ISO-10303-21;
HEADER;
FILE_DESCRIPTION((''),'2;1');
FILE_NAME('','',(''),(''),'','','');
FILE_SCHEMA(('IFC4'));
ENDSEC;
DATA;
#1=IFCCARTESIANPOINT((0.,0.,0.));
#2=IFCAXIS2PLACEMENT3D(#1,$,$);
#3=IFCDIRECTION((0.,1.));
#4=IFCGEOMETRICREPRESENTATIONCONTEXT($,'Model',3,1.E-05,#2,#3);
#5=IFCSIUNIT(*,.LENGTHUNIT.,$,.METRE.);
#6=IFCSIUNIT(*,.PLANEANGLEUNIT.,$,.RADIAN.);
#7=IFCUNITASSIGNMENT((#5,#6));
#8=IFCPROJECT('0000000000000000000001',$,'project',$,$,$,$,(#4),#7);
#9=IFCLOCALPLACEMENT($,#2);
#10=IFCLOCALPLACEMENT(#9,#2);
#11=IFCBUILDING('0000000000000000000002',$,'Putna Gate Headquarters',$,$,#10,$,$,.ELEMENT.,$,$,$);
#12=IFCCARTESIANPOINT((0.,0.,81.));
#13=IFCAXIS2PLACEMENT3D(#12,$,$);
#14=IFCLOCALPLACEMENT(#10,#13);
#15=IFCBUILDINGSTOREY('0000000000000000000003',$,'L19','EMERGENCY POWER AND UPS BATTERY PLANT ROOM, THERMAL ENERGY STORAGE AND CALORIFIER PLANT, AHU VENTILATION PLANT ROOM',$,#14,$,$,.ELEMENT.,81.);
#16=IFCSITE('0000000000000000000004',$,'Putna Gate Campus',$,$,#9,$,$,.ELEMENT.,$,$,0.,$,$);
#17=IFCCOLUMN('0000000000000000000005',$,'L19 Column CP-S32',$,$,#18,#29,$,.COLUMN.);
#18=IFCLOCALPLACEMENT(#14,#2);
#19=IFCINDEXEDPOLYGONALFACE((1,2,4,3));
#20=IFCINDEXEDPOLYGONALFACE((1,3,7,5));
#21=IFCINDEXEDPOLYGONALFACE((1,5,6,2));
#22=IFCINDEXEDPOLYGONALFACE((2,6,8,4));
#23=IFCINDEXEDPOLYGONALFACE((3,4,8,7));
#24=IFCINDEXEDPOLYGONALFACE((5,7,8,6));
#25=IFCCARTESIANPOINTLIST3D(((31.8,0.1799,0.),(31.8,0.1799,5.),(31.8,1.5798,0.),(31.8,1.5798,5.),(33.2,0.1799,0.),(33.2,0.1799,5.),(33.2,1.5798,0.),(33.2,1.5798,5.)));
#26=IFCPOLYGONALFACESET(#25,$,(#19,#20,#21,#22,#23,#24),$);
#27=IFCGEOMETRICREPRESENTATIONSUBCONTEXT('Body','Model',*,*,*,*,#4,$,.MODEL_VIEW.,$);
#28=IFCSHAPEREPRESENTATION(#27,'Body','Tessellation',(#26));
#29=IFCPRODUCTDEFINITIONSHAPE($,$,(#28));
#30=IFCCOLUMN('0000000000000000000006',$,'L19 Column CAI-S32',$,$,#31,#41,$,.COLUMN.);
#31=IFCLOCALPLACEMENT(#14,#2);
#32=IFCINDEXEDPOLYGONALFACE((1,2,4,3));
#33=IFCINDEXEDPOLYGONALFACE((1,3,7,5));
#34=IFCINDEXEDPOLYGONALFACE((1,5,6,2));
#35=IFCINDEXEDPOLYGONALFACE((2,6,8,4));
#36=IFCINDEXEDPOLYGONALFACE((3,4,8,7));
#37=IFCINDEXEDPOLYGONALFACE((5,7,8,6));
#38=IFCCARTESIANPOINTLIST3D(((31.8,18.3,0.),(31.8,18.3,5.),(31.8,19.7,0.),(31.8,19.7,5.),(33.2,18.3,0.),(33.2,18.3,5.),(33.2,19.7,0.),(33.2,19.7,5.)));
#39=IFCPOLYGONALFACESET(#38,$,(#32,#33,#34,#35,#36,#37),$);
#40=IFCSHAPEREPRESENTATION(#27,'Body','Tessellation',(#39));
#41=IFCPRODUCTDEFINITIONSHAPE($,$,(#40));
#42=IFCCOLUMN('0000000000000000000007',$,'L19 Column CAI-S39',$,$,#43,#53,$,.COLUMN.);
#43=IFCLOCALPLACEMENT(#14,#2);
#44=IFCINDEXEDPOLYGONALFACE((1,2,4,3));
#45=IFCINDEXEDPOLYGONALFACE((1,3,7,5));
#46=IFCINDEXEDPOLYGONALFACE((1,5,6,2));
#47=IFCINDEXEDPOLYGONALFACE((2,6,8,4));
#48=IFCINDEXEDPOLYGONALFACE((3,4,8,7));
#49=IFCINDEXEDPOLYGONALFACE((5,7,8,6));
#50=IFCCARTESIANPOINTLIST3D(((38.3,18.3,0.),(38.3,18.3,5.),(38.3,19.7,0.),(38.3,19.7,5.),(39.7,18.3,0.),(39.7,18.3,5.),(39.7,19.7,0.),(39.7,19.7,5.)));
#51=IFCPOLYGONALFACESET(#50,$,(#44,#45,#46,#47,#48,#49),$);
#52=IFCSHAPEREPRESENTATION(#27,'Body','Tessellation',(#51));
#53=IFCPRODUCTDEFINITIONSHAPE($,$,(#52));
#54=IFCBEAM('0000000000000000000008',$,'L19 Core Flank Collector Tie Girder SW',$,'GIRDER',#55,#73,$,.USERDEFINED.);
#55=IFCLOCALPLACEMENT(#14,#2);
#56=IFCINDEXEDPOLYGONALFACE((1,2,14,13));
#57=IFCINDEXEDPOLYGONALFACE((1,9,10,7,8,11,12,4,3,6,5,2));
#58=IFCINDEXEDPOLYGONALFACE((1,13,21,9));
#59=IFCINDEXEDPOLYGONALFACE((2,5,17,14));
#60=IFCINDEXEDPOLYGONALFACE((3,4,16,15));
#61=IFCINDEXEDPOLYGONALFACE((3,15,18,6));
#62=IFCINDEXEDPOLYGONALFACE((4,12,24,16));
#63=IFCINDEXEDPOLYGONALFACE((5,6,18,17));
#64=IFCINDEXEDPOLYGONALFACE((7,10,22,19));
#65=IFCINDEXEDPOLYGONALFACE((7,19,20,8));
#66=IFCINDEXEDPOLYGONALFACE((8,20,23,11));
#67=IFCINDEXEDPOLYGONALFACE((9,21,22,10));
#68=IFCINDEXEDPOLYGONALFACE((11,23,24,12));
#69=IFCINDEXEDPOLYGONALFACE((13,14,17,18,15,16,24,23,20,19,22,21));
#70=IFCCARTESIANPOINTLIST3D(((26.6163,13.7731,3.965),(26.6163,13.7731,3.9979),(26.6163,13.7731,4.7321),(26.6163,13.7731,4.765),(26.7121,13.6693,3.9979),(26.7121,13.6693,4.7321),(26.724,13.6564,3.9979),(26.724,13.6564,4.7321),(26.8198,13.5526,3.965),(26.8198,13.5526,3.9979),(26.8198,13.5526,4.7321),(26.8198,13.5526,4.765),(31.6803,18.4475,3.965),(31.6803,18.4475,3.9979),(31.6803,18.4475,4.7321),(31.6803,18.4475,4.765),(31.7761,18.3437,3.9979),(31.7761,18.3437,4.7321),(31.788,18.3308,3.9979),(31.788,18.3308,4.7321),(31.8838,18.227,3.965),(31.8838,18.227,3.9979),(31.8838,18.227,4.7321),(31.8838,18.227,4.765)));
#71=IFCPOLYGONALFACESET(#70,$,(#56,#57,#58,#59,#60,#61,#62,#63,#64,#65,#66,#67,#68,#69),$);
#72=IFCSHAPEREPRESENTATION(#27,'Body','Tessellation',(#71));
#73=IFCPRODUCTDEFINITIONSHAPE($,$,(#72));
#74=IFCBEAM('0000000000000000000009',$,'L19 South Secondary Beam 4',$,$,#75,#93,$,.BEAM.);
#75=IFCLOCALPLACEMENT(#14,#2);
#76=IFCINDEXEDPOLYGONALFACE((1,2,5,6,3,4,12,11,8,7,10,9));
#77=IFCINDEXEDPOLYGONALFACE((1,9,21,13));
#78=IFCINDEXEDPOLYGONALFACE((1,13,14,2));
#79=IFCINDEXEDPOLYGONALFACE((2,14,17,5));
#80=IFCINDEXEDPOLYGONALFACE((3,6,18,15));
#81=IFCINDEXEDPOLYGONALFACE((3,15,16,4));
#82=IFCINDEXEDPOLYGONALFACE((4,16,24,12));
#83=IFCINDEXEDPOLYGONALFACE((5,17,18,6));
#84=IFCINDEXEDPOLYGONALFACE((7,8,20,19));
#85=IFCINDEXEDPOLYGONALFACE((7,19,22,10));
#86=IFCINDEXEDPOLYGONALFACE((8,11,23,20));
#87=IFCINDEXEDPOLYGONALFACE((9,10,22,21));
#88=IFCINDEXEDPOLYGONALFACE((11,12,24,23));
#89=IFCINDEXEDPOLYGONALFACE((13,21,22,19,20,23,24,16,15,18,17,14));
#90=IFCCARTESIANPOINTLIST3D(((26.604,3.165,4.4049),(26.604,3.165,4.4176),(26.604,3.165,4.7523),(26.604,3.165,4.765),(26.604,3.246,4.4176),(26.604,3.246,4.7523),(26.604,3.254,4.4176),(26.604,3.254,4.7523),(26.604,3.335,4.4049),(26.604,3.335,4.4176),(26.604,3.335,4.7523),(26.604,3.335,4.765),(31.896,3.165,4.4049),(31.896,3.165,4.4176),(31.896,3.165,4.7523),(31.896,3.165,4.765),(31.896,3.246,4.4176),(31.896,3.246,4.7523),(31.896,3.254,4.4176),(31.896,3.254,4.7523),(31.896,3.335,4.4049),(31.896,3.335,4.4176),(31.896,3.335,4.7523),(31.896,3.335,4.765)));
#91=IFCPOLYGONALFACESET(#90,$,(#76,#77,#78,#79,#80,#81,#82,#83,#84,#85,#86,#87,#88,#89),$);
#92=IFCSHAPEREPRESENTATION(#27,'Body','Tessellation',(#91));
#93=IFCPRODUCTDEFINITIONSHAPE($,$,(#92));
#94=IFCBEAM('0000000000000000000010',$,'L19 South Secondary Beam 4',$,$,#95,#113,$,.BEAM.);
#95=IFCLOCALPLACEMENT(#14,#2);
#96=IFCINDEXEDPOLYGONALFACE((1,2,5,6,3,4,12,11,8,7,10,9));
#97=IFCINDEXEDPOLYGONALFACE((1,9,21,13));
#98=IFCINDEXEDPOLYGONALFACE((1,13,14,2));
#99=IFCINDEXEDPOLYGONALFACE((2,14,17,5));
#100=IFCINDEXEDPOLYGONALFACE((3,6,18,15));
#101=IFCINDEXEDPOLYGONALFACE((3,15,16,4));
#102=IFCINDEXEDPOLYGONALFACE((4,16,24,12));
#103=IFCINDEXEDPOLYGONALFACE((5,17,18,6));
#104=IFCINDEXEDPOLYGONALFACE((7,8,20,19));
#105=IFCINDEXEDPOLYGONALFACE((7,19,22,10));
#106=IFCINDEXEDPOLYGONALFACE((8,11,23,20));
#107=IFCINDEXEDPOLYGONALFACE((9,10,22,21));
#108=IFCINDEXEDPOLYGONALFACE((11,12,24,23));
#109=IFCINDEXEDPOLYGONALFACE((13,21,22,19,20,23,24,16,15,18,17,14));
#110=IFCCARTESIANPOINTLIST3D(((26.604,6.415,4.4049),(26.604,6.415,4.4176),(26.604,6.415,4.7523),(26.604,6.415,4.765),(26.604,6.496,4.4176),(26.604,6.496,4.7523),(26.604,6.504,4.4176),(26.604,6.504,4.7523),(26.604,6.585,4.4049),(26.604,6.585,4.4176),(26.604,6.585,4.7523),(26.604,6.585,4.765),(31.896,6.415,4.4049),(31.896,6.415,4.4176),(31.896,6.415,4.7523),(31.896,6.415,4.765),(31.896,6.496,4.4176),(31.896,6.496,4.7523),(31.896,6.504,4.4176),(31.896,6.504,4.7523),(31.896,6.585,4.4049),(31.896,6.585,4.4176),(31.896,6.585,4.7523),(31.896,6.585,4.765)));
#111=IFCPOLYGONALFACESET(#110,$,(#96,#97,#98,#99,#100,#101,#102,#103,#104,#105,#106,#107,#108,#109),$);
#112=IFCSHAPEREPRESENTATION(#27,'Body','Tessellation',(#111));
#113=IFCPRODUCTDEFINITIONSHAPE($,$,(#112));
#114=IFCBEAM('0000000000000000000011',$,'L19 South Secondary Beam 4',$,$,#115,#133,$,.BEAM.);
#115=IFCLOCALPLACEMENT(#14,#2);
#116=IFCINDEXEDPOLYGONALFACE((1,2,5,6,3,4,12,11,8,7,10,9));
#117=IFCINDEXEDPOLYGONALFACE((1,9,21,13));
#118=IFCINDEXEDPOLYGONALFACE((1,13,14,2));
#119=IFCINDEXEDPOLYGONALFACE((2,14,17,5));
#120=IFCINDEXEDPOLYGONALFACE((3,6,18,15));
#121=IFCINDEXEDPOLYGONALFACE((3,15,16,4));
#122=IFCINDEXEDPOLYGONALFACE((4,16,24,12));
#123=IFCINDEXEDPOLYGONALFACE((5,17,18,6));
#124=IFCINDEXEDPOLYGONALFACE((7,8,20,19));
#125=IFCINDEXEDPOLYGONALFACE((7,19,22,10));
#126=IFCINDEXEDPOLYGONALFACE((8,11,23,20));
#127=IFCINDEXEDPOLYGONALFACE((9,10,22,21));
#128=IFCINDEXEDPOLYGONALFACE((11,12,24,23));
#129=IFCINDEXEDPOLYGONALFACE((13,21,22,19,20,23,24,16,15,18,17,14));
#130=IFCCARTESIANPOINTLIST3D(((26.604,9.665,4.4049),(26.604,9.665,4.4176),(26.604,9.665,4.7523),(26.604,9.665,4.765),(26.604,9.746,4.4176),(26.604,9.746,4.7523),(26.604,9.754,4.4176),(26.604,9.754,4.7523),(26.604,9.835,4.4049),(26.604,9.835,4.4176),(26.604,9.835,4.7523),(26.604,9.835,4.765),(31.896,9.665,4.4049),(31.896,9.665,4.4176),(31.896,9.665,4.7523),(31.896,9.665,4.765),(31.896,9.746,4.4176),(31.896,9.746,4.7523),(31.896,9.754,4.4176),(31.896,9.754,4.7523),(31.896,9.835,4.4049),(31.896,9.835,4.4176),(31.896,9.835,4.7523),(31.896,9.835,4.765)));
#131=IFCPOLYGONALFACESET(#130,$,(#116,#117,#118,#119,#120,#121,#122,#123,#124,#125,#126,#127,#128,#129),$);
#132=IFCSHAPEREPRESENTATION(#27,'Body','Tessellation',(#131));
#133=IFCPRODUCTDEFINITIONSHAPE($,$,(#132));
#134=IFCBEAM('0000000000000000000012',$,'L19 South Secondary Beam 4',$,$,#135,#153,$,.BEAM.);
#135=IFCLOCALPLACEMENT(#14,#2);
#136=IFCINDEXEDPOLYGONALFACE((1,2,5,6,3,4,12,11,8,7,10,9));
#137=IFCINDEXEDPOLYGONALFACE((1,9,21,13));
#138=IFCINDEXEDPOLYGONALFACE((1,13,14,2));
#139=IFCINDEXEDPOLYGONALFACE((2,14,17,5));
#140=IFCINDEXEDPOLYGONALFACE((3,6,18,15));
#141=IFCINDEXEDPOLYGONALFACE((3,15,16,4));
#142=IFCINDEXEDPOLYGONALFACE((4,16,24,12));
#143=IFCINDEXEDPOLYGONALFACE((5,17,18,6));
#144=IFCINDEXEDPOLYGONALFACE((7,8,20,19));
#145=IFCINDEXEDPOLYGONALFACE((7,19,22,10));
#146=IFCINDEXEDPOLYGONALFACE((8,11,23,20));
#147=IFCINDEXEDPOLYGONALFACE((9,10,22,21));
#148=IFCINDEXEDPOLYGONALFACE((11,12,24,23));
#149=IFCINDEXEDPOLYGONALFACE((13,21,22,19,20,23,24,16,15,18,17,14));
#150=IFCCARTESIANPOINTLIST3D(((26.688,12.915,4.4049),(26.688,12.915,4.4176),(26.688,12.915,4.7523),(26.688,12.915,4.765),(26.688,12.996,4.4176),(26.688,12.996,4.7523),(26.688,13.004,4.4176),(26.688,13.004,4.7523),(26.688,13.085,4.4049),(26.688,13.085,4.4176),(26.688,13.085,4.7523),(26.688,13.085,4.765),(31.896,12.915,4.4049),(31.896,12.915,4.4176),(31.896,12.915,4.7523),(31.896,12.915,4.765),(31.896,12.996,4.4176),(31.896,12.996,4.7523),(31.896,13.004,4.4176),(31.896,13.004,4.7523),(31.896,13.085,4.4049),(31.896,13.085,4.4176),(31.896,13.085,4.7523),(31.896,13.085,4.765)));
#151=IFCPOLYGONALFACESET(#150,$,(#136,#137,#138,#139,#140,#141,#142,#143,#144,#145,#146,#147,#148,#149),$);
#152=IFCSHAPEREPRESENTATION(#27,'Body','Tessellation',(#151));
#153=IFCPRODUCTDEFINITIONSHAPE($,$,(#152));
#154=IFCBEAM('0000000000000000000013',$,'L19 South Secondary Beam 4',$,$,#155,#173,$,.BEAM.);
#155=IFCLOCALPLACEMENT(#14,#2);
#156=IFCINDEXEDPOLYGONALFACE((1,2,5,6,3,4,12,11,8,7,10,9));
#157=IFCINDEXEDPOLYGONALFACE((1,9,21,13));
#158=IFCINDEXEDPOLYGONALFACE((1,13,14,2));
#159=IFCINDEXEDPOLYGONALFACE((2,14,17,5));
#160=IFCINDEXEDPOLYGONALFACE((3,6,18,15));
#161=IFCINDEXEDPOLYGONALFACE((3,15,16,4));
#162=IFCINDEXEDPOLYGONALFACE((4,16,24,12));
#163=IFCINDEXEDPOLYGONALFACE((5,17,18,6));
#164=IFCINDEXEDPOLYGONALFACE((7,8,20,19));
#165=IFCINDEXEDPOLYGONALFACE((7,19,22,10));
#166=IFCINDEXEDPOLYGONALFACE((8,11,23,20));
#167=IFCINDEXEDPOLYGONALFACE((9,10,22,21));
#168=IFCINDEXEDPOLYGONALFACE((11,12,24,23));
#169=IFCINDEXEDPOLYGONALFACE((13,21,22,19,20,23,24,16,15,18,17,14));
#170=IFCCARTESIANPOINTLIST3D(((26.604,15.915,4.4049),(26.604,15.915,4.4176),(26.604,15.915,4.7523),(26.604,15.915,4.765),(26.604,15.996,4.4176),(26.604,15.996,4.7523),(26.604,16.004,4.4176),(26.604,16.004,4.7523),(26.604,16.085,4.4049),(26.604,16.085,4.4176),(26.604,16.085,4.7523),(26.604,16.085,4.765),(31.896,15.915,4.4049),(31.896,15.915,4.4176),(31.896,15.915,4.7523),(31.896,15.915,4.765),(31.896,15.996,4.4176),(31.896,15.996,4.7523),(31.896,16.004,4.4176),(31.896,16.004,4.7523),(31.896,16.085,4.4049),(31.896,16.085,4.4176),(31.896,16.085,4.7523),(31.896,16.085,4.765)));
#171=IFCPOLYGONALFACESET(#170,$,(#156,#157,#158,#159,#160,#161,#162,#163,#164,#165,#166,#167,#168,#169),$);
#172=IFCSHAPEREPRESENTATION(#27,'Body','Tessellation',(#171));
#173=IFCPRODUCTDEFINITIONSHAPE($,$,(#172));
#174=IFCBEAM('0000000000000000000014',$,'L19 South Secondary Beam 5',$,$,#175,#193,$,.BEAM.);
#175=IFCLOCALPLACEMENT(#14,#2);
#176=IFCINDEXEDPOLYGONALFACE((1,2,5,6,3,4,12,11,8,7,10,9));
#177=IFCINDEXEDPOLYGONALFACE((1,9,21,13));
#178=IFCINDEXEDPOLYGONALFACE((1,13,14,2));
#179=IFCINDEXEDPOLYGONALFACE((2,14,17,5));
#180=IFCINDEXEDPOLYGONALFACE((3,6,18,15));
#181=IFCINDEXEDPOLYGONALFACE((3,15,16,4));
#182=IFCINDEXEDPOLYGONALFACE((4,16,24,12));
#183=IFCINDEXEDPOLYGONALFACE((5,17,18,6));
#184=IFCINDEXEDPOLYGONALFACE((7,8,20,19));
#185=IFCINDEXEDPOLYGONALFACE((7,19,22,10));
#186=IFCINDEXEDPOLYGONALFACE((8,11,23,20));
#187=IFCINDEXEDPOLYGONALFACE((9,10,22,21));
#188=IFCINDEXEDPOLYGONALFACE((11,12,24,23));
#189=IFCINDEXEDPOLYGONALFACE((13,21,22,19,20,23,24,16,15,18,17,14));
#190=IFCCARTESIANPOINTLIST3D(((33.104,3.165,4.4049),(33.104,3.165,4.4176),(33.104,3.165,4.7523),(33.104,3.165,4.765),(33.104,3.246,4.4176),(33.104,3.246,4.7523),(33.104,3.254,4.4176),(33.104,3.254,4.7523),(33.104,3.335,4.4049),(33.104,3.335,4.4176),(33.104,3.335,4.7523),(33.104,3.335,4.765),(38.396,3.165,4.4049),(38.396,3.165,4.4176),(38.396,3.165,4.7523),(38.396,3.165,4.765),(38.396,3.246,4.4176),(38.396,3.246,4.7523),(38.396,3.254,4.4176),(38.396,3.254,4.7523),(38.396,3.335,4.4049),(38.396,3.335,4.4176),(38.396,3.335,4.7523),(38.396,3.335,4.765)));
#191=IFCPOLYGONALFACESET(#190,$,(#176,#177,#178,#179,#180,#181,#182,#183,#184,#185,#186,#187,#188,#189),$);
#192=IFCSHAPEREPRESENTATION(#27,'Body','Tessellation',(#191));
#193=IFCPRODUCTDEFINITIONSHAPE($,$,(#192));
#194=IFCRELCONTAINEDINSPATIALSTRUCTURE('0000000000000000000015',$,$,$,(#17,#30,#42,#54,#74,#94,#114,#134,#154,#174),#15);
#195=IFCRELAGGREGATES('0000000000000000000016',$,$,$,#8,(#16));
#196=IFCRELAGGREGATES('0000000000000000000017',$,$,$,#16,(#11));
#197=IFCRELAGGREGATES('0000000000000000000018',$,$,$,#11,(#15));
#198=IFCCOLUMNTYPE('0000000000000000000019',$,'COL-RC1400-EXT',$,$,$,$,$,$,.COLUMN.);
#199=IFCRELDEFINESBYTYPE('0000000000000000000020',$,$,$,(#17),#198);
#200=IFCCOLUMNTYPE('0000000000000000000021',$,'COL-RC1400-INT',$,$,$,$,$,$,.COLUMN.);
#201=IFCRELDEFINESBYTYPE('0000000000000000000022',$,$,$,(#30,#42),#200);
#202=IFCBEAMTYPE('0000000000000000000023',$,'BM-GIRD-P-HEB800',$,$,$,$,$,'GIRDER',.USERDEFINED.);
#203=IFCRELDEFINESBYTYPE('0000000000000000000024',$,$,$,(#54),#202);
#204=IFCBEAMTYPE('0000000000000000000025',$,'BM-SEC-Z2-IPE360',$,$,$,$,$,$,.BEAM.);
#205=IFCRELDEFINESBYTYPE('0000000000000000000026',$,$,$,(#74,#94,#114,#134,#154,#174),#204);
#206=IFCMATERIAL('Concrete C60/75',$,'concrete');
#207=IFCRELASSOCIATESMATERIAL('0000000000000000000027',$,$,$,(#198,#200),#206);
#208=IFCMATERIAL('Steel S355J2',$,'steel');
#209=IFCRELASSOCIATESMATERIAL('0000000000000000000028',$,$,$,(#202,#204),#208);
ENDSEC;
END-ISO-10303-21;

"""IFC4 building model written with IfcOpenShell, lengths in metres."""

from ifc_helpers import new_model, si_unit, direction, frame, origin, origin_2d, place, context, subcontext, project, spatial, rectangle, i_section, extrude, material, material_profile, profile_set, type_object, element, save


model = new_model("IFC4")

# Units and contexts
model_context = context("Model", 3, precision=1e-05, world=origin(), true_north=direction((0.0, 1.0)))
body_context = subcontext(model_context, "Body", "Model", "MODEL_VIEW")
ifc_project = project(units=[si_unit("LENGTHUNIT", "METRE"), si_unit("PLANEANGLEUNIT", "RADIAN")], contexts=[model_context])

# Site, building, storey
site_placement = place(None, origin())
site = spatial("IfcSite", under=ifc_project, at=site_placement, Name="Putna Gate Campus", CompositionType="ELEMENT", RefElevation=0.0)
building_placement = place(site_placement, origin())
building = spatial("IfcBuilding", under=site, at=building_placement, Name="Putna Gate Headquarters", CompositionType="ELEMENT")
storey_placement = place(building_placement, frame((0.0, 0.0, 81.0)))
storey = spatial("IfcBuildingStorey", under=building, at=storey_placement, Name="L19", Description="EMERGENCY POWER AND UPS BATTERY PLANT ROOM, THERMAL ENERGY STORAGE AND CALORIFIER PLANT, AHU VENTILATION PLANT ROOM", CompositionType="ELEMENT", Elevation=81.0)

# Columns
ifc_material_1 = material(Name="Concrete C60/75", Category="concrete")
ifc_material_profile_1 = material_profile(ifc_material_1, rectangle(XDim=1.3999, YDim=1.3999, at=origin_2d()), Name="Concrete C60/75")
ifc_profile_set_1 = profile_set([ifc_material_profile_1], Name="Concrete C60/75")
column_type_1 = type_object("IfcColumnType", Name="COL-RC1400-EXT", PredefinedType="COLUMN", material=ifc_profile_set_1)
column_placement = place(storey_placement, frame((32.5, 0.8799, 0.0), z_axis=(0.0, 0.0, 1.0), x_axis=(1.0, 0.0, 0.0)))
element("IfcColumn", 1, at=column_placement, inside=storey, type_object=column_type_1, Name="L19 Column CP-S32", PredefinedType="COLUMN", context=body_context, shape_type="SweptSolid", body=[
    extrude(rectangle(XDim=1.3999, YDim=1.3999, at=origin_2d()), origin(), (0.0, 0.0, 1.0), 5.0),
])
ifc_material_profile_2 = material_profile(ifc_material_1, rectangle(XDim=1.3999, YDim=1.3999, at=origin_2d()), Name="Concrete C60/75")
ifc_profile_set_2 = profile_set([ifc_material_profile_2], Name="Concrete C60/75")
column_type_2 = type_object("IfcColumnType", Name="COL-RC1400-INT", PredefinedType="COLUMN", material=ifc_profile_set_2)
for number, where, z_axis, x_axis, name in (
    (2, (32.5, 19.0, 0.0), (0.0, 0.0, 1.0), (1.0, 0.0, 0.0), "L19 Column CAI-S32"),
    (3, (39.0, 19.0, 0.0), (0.0, 0.0, 1.0), (1.0, 0.0, 0.0), "L19 Column CAI-S39"),
):
    element("IfcColumn", number, at=place(storey_placement, frame(where, z_axis=z_axis, x_axis=x_axis)), inside=storey, type_object=column_type_2, Name=name, PredefinedType="COLUMN", context=body_context, shape_type="SweptSolid", body=[
        extrude(rectangle(XDim=1.3999, YDim=1.3999, at=origin_2d()), origin(), (0.0, 0.0, 1.0), 5.0),
    ])

# Beams
ifc_material_2 = material(Name="Steel S355J2", Category="steel")
ifc_material_profile_3 = material_profile(ifc_material_2, i_section(OverallWidth=0.3, OverallDepth=0.8, WebThickness=0.0176, FlangeThickness=0.033, at=origin_2d()), Name="Steel S355J2")
ifc_profile_set_3 = profile_set([ifc_material_profile_3], Name="Steel S355J2")
beam_type_1 = type_object("IfcBeamType", Name="BM-GIRD-P-HEB800", ElementType="GIRDER", PredefinedType="USERDEFINED", material=ifc_profile_set_3)
beam_1_placement = place(storey_placement, frame((26.718, 13.6628, 4.365), z_axis=(0.734812, 0.678271, 0.0), x_axis=(-0.678271, 0.734812, 0.0)))
element("IfcBeam", 4, at=beam_1_placement, inside=storey, type_object=beam_type_1, Name="L19 Core Flank Collector Tie Girder SW", ObjectType="GIRDER", PredefinedType="USERDEFINED", context=body_context, shape_type="SweptSolid", body=[
    extrude(i_section(OverallWidth=0.3, OverallDepth=0.8, WebThickness=0.0176, FlangeThickness=0.033, at=origin_2d()), origin(), (0.0, 0.0, 1.0), 6.8916),
])
ifc_material_profile_4 = material_profile(ifc_material_2, i_section(OverallWidth=0.1699, OverallDepth=0.3601, WebThickness=0.0081, FlangeThickness=0.0127, at=origin_2d()), Name="Steel S355J2")
ifc_profile_set_4 = profile_set([ifc_material_profile_4], Name="Steel S355J2")
beam_type_2 = type_object("IfcBeamType", Name="BM-SEC-Z2-IPE360", PredefinedType="BEAM", material=ifc_profile_set_4)
for number, where, z_axis, x_axis, name in (
    (5, (26.604, 3.25, 4.585), (1.0, 0.0, 0.0), (0.0, 1.0, 0.0), "L19 South Secondary Beam 4"),
    (6, (26.604, 6.5, 4.585), (1.0, 0.0, 0.0), (0.0, 1.0, 0.0), "L19 South Secondary Beam 4"),
    (7, (26.604, 9.75, 4.585), (1.0, 0.0, 0.0), (0.0, 1.0, 0.0), "L19 South Secondary Beam 4"),
):
    element("IfcBeam", number, at=place(storey_placement, frame(where, z_axis=z_axis, x_axis=x_axis)), inside=storey, type_object=beam_type_2, Name=name, PredefinedType="BEAM", context=body_context, shape_type="SweptSolid", body=[
        extrude(i_section(OverallWidth=0.1699, OverallDepth=0.3601, WebThickness=0.0081, FlangeThickness=0.0127, at=origin_2d()), origin(), (0.0, 0.0, 1.0), 5.292),
    ])
beam_2_placement = place(storey_placement, frame((26.688, 13.0, 4.585), z_axis=(1.0, 0.0, 0.0), x_axis=(0.0, 1.0, 0.0)))
element("IfcBeam", 8, at=beam_2_placement, inside=storey, type_object=beam_type_2, Name="L19 South Secondary Beam 4", PredefinedType="BEAM", context=body_context, shape_type="SweptSolid", body=[
    extrude(i_section(OverallWidth=0.1699, OverallDepth=0.3601, WebThickness=0.0081, FlangeThickness=0.0127, at=origin_2d()), origin(), (0.0, 0.0, 1.0), 5.208),
])
for number, where, z_axis, x_axis, name in (
    (9, (26.604, 16.0, 4.585), (1.0, 0.0, 0.0), (0.0, 1.0, 0.0), "L19 South Secondary Beam 4"),
    (10, (33.104, 3.25, 4.585), (1.0, 0.0, 0.0), (0.0, 1.0, 0.0), "L19 South Secondary Beam 5"),
):
    element("IfcBeam", number, at=place(storey_placement, frame(where, z_axis=z_axis, x_axis=x_axis)), inside=storey, type_object=beam_type_2, Name=name, PredefinedType="BEAM", context=body_context, shape_type="SweptSolid", body=[
        extrude(i_section(OverallWidth=0.1699, OverallDepth=0.3601, WebThickness=0.0081, FlangeThickness=0.0127, at=origin_2d()), origin(), (0.0, 0.0, 1.0), 5.292),
    ])

save(model, "model.ifc")
